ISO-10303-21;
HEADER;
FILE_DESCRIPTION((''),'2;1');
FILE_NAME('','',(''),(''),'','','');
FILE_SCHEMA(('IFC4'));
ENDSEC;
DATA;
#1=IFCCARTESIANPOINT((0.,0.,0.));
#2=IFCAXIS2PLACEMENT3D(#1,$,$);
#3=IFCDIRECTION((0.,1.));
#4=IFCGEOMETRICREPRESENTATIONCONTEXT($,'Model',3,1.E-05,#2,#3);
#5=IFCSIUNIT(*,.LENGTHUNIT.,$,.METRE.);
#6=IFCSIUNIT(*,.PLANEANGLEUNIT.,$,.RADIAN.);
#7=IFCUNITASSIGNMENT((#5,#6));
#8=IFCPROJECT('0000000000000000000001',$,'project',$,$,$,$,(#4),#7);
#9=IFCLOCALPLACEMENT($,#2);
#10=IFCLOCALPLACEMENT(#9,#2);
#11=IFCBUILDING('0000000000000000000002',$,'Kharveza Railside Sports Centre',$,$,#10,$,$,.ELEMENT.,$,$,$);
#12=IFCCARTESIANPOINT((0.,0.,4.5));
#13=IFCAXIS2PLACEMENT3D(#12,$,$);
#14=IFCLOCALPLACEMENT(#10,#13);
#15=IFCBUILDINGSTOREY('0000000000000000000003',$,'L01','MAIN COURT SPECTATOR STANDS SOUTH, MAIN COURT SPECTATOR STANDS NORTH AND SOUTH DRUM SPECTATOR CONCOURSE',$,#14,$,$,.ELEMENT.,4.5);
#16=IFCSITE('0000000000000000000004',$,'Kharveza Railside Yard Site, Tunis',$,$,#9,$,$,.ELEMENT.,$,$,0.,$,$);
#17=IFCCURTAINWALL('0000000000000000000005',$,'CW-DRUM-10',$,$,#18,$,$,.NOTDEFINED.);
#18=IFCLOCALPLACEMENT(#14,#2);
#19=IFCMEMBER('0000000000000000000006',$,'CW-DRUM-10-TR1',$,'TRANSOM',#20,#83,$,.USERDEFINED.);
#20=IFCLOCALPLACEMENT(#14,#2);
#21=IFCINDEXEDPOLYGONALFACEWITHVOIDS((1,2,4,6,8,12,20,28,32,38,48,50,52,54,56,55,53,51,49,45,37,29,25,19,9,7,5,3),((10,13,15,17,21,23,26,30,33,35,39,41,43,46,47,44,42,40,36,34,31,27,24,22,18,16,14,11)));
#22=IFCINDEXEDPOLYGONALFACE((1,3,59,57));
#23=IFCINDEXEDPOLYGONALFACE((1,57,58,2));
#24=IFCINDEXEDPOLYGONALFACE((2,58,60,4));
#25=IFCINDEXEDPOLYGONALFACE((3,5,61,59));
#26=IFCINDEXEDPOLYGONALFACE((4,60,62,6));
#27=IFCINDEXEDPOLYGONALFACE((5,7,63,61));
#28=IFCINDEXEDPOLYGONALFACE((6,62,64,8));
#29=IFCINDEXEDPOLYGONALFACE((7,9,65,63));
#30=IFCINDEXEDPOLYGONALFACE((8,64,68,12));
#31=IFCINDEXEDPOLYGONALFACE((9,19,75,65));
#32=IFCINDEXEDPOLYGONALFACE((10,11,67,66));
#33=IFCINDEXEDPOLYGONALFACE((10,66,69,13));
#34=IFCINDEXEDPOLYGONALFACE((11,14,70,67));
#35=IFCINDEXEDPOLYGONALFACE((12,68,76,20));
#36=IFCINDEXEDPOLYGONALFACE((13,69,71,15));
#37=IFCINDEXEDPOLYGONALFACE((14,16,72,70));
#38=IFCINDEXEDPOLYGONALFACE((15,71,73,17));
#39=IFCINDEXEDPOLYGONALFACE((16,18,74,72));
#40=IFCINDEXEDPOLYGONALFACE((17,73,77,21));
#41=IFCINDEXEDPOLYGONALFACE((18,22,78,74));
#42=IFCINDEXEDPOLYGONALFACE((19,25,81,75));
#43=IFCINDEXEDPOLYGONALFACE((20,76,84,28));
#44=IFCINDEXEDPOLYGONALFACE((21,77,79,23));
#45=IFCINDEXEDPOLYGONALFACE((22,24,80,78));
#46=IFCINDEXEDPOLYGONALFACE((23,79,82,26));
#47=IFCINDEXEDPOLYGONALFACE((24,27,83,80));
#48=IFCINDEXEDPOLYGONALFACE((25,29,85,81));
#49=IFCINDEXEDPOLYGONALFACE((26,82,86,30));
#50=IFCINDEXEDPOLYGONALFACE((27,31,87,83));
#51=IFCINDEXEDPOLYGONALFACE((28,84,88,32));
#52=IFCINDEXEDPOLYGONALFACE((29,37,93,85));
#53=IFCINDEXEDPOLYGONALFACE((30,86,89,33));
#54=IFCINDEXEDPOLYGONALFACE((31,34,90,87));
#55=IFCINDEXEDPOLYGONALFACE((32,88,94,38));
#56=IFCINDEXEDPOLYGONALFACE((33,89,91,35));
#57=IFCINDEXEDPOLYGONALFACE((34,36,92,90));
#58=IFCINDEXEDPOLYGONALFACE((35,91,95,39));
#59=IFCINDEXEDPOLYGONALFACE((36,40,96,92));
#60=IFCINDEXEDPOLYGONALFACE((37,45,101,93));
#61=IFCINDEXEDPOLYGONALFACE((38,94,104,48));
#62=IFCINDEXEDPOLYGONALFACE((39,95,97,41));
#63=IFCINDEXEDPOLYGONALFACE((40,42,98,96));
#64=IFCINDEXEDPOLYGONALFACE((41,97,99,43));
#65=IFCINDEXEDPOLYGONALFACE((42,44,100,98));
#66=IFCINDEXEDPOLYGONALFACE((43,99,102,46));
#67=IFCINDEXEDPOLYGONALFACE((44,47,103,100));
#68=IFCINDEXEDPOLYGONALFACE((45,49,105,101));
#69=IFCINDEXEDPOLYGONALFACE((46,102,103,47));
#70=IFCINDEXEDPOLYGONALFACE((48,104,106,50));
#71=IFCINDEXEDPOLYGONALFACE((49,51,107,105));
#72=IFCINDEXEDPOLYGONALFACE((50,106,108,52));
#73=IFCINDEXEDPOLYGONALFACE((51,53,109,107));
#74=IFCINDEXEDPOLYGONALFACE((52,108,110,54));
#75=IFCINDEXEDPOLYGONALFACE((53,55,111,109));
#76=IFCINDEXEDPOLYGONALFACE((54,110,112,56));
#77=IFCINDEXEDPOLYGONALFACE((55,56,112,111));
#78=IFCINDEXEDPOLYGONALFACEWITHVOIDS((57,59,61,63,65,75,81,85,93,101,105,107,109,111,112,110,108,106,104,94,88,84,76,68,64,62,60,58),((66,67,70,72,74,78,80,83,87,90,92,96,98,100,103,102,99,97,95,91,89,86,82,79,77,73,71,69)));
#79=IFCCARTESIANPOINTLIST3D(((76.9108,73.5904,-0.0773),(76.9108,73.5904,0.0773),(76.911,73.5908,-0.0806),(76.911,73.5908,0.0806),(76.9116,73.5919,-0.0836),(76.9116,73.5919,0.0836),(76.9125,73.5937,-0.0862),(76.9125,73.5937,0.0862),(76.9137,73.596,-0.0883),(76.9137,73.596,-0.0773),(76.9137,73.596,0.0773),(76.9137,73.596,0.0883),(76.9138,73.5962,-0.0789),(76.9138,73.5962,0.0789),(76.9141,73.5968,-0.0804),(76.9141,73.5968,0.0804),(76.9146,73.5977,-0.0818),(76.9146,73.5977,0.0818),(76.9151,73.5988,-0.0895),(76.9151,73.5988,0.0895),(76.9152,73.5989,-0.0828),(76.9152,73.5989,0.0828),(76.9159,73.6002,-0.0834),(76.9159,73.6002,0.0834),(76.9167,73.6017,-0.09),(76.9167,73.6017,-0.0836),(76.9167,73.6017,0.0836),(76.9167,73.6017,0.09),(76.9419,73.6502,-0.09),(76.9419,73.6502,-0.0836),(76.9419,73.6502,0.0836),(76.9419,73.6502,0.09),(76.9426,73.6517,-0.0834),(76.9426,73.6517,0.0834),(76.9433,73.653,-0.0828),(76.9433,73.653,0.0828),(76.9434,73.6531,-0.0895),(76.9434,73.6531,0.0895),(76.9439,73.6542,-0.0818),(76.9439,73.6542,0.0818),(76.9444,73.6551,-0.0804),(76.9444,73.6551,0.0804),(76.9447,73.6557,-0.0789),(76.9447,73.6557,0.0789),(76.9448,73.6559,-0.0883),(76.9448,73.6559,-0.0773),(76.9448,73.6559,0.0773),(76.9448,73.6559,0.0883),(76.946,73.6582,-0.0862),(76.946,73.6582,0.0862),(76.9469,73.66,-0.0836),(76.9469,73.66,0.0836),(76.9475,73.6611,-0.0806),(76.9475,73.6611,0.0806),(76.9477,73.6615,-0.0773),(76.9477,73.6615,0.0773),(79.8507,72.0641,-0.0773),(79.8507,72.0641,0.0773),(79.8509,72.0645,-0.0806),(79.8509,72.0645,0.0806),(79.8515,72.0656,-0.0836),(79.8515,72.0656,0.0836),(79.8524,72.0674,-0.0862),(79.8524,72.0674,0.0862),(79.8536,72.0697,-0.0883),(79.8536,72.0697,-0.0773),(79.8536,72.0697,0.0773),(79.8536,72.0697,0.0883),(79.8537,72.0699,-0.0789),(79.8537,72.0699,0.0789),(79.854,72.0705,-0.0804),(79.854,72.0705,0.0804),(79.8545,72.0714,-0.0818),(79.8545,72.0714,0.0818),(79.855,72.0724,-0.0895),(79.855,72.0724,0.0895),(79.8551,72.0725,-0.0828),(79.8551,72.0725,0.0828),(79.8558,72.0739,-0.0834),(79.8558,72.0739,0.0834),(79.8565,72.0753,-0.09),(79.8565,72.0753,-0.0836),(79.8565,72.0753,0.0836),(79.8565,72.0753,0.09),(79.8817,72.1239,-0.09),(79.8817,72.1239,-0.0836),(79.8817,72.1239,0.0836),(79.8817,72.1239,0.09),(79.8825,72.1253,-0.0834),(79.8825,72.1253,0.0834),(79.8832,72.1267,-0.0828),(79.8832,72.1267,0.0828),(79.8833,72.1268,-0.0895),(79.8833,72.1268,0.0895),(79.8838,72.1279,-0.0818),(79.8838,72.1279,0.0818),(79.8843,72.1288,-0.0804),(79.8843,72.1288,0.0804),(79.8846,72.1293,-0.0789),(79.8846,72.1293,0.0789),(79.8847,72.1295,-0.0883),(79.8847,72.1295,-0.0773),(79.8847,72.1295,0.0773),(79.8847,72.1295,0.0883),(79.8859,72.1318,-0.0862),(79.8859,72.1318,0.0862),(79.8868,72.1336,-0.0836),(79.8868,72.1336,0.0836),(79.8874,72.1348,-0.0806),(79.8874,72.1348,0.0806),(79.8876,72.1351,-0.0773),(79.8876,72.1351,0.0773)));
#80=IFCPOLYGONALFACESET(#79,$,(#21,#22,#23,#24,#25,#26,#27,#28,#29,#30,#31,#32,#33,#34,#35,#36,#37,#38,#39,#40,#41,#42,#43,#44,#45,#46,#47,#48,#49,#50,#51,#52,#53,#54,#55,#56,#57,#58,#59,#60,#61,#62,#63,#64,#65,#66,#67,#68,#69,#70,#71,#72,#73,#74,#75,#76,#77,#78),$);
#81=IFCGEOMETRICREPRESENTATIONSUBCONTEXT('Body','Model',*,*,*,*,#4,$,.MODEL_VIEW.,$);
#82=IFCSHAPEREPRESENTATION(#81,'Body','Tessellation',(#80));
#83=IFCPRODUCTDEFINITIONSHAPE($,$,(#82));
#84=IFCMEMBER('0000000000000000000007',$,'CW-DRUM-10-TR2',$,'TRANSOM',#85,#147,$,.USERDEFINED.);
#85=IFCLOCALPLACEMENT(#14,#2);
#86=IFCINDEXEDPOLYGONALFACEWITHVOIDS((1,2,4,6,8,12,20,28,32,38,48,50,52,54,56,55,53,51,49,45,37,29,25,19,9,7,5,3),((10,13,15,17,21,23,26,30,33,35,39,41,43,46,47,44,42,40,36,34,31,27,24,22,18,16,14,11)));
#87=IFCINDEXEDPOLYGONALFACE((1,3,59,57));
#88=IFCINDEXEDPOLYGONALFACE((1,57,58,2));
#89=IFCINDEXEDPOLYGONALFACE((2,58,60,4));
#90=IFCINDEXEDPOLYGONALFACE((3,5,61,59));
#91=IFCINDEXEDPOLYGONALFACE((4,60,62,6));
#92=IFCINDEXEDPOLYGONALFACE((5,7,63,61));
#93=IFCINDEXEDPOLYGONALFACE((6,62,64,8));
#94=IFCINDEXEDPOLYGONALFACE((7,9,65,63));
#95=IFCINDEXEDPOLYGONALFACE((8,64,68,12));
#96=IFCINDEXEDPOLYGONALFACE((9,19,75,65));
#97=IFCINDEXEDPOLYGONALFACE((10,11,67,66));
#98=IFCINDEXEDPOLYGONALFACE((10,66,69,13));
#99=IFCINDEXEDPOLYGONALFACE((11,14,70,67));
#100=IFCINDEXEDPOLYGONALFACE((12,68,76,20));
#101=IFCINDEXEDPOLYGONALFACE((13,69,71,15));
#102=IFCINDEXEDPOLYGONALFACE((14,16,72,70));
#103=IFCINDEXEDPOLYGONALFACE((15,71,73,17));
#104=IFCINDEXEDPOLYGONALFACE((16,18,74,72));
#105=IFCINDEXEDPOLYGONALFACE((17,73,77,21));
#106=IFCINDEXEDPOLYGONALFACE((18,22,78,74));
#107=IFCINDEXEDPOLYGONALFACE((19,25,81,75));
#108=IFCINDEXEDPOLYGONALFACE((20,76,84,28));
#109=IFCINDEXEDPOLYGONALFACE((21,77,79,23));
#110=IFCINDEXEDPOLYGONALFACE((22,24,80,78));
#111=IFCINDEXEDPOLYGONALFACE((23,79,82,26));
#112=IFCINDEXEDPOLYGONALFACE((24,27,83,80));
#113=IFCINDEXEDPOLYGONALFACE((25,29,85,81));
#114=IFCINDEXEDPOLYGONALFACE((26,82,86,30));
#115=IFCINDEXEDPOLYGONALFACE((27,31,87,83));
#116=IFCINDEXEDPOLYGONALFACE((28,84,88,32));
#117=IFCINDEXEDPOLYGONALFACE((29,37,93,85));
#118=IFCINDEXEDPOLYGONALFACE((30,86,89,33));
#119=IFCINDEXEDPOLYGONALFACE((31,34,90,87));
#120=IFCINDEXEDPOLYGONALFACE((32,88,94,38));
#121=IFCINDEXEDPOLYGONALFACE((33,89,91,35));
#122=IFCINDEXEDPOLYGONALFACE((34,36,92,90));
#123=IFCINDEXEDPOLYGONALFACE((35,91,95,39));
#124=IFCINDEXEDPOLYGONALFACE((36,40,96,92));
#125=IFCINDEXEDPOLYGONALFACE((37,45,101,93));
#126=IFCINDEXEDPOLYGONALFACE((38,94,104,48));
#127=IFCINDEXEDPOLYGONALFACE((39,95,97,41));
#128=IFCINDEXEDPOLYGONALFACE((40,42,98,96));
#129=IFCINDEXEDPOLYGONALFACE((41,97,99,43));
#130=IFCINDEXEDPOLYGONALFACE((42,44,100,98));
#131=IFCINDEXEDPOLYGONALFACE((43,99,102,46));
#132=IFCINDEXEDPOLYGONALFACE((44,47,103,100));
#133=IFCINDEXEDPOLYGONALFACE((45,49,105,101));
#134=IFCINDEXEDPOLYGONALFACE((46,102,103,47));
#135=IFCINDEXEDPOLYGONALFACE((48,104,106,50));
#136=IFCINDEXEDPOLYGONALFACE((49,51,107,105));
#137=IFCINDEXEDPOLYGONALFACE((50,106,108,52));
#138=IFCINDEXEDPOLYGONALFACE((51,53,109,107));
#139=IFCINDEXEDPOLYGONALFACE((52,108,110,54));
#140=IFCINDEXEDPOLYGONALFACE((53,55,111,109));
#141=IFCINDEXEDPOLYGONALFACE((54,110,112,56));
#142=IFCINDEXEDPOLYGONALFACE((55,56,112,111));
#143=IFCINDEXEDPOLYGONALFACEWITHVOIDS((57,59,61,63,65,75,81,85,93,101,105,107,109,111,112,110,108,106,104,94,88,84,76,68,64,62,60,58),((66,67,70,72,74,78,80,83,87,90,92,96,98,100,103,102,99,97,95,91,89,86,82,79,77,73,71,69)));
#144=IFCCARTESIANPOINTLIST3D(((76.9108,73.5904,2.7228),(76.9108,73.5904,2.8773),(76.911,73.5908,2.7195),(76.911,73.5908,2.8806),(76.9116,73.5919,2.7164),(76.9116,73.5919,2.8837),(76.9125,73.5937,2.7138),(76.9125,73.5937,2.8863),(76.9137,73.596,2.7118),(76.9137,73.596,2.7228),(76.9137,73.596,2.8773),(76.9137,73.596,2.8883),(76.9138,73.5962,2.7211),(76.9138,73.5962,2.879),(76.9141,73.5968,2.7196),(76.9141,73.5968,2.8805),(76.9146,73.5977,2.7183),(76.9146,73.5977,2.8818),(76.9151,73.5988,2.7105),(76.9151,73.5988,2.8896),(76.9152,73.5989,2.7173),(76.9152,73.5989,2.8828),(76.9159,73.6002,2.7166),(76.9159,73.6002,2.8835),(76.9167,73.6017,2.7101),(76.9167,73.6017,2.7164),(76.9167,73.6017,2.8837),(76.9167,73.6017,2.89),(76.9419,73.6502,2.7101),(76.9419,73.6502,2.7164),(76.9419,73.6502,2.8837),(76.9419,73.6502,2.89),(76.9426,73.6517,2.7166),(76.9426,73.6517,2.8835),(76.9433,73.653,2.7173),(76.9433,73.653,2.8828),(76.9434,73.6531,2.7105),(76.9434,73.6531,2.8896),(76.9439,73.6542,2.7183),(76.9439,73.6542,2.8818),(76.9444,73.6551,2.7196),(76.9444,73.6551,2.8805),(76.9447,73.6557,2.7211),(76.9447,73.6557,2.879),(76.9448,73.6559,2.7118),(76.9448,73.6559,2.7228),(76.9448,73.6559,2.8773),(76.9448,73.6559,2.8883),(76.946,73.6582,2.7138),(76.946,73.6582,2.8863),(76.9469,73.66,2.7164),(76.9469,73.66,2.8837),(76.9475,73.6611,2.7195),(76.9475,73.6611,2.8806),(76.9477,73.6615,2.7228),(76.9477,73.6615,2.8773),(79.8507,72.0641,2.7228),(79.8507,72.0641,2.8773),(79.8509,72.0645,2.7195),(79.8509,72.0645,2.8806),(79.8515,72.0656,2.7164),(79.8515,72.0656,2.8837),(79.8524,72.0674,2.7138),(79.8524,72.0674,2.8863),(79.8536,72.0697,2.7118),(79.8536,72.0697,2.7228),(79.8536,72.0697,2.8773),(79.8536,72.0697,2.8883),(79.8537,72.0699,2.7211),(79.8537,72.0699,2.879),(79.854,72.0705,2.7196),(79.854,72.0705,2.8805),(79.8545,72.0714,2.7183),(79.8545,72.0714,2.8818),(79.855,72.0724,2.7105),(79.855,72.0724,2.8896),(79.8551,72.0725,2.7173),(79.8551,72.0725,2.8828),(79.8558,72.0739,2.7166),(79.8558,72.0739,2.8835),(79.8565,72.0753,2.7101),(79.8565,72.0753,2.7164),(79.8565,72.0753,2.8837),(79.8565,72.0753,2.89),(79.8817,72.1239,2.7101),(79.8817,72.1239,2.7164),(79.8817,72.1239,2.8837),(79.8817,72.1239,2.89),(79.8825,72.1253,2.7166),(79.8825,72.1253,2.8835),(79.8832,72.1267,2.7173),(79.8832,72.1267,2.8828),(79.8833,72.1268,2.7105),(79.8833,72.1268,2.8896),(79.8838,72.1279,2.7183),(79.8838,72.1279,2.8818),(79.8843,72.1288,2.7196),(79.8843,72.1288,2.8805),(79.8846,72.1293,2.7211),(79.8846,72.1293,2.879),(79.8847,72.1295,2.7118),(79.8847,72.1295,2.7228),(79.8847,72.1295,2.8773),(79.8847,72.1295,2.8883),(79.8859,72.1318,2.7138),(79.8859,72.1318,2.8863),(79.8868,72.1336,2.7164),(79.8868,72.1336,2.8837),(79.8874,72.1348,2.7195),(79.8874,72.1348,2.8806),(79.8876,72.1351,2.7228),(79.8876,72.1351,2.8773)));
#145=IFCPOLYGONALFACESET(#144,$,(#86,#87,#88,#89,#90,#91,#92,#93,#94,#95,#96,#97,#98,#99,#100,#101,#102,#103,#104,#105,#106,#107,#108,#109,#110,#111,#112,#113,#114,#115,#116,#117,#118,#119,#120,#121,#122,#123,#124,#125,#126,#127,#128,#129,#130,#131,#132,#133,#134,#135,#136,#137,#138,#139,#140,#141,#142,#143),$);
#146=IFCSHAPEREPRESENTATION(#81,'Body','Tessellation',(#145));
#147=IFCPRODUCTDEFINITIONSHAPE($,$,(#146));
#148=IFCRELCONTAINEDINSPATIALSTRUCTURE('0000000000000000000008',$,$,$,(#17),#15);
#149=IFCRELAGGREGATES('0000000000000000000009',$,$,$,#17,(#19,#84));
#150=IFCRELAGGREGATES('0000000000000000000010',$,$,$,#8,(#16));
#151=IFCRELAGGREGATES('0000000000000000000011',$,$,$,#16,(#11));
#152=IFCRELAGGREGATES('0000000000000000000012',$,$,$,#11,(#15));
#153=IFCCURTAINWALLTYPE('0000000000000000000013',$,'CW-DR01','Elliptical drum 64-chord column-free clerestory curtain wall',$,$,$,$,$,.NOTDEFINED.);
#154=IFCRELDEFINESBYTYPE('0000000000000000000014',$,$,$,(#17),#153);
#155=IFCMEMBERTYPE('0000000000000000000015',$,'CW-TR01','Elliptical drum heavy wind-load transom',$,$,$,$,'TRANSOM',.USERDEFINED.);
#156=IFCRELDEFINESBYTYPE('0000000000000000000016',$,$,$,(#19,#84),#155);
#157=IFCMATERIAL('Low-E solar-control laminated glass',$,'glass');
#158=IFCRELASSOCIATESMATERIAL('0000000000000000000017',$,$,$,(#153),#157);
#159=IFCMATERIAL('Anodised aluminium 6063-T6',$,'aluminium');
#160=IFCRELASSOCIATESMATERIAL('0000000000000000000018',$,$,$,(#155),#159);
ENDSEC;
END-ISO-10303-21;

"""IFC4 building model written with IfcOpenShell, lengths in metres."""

from ifc_helpers import new_model, si_unit, direction, frame, origin, origin_2d, place, context, subcontext, project, spatial, hollow_rectangle, extrude, material, material_profile, profile_set, type_object, element, aggregate, save


model = new_model("IFC4")

# Units and contexts
model_context = context("Model", 3, precision=1e-05, world=origin(), true_north=direction((0.0, 1.0)))
body_context = subcontext(model_context, "Body", "Model", "MODEL_VIEW")
ifc_project = project(units=[si_unit("LENGTHUNIT", "METRE"), si_unit("PLANEANGLEUNIT", "RADIAN")], contexts=[model_context])

# Site, building, storey
site_placement = place(None, origin())
site = spatial("IfcSite", under=ifc_project, at=site_placement, Name="Kharveza Railside Yard Site, Tunis", CompositionType="ELEMENT", RefElevation=0.0)
building_placement = place(site_placement, origin())
building = spatial("IfcBuilding", under=site, at=building_placement, Name="Kharveza Railside Sports Centre", CompositionType="ELEMENT")
storey_placement = place(building_placement, frame((0.0, 0.0, 4.5)))
storey = spatial("IfcBuildingStorey", under=building, at=storey_placement, Name="L01", Description="MAIN COURT SPECTATOR STANDS SOUTH, MAIN COURT SPECTATOR STANDS NORTH AND SOUTH DRUM SPECTATOR CONCOURSE", CompositionType="ELEMENT", Elevation=4.5)

# Curtain wall
ifc_material_1 = material(Name="Low-E solar-control laminated glass", Category="glass")
curtain_wall_type = type_object("IfcCurtainWallType", Name="CW-DR01", Description="Elliptical drum 64-chord column-free clerestory curtain wall", PredefinedType="NOTDEFINED", material=ifc_material_1)
ifc_material_2 = material(Name="Anodised aluminium 6063-T6", Category="aluminium")
curtain_wall_1_placement = place(storey_placement, origin())
curtain_wall_1 = element("IfcCurtainWall", 1, at=curtain_wall_1_placement, inside=storey, type_object=curtain_wall_type, Name="CW-DRUM-10", PredefinedType="NOTDEFINED")

# Members
ifc_material_profile_1 = material_profile(ifc_material_2, hollow_rectangle(XDim=0.0801, YDim=0.1799, WallThickness=0.0063, InnerFilletRadius=0.0063, OuterFilletRadius=0.0127, at=origin_2d()), Name="RHS 80x180x6.3")
ifc_profile_set_1 = profile_set([ifc_material_profile_1], Name="Anodised aluminium 6063-T6")
member_type_1 = type_object("IfcMemberType", Name="CW-TR01", Description="Elliptical drum heavy wind-load transom", ElementType="TRANSOM", PredefinedType="USERDEFINED", material=ifc_profile_set_1)
member_1_placement = place(storey_placement, frame((79.8691, 72.0996, 0.0), z_axis=(-0.887513, 0.460782, 0.0), x_axis=(-0.460782, -0.887513, 0.0)))
member_1 = element("IfcMember", 2, at=member_1_placement, type_object=member_type_1, Name="CW-DRUM-10-TR1", ObjectType="TRANSOM", PredefinedType="USERDEFINED", context=body_context, shape_type="SweptSolid", body=[
    extrude(hollow_rectangle(XDim=0.0801, YDim=0.1799, WallThickness=0.0063, InnerFilletRadius=0.0063, OuterFilletRadius=0.0127, at=origin_2d()), origin(), (0.0, 0.0, 1.0), 3.3125),
])
member_2_placement = place(storey_placement, frame((79.8691, 72.0996, 2.8), z_axis=(-0.887513, 0.460782, 0.0), x_axis=(-0.460782, -0.887513, 0.0)))
member_2 = element("IfcMember", 3, at=member_2_placement, type_object=member_type_1, Name="CW-DRUM-10-TR2", ObjectType="TRANSOM", PredefinedType="USERDEFINED", context=body_context, shape_type="SweptSolid", body=[
    extrude(hollow_rectangle(XDim=0.0801, YDim=0.1799, WallThickness=0.0063, InnerFilletRadius=0.0063, OuterFilletRadius=0.0127, at=origin_2d()), origin(), (0.0, 0.0, 1.0), 3.3125),
])

aggregate(curtain_wall_1, [member_1, member_2])

save(model, "model.ifc")
